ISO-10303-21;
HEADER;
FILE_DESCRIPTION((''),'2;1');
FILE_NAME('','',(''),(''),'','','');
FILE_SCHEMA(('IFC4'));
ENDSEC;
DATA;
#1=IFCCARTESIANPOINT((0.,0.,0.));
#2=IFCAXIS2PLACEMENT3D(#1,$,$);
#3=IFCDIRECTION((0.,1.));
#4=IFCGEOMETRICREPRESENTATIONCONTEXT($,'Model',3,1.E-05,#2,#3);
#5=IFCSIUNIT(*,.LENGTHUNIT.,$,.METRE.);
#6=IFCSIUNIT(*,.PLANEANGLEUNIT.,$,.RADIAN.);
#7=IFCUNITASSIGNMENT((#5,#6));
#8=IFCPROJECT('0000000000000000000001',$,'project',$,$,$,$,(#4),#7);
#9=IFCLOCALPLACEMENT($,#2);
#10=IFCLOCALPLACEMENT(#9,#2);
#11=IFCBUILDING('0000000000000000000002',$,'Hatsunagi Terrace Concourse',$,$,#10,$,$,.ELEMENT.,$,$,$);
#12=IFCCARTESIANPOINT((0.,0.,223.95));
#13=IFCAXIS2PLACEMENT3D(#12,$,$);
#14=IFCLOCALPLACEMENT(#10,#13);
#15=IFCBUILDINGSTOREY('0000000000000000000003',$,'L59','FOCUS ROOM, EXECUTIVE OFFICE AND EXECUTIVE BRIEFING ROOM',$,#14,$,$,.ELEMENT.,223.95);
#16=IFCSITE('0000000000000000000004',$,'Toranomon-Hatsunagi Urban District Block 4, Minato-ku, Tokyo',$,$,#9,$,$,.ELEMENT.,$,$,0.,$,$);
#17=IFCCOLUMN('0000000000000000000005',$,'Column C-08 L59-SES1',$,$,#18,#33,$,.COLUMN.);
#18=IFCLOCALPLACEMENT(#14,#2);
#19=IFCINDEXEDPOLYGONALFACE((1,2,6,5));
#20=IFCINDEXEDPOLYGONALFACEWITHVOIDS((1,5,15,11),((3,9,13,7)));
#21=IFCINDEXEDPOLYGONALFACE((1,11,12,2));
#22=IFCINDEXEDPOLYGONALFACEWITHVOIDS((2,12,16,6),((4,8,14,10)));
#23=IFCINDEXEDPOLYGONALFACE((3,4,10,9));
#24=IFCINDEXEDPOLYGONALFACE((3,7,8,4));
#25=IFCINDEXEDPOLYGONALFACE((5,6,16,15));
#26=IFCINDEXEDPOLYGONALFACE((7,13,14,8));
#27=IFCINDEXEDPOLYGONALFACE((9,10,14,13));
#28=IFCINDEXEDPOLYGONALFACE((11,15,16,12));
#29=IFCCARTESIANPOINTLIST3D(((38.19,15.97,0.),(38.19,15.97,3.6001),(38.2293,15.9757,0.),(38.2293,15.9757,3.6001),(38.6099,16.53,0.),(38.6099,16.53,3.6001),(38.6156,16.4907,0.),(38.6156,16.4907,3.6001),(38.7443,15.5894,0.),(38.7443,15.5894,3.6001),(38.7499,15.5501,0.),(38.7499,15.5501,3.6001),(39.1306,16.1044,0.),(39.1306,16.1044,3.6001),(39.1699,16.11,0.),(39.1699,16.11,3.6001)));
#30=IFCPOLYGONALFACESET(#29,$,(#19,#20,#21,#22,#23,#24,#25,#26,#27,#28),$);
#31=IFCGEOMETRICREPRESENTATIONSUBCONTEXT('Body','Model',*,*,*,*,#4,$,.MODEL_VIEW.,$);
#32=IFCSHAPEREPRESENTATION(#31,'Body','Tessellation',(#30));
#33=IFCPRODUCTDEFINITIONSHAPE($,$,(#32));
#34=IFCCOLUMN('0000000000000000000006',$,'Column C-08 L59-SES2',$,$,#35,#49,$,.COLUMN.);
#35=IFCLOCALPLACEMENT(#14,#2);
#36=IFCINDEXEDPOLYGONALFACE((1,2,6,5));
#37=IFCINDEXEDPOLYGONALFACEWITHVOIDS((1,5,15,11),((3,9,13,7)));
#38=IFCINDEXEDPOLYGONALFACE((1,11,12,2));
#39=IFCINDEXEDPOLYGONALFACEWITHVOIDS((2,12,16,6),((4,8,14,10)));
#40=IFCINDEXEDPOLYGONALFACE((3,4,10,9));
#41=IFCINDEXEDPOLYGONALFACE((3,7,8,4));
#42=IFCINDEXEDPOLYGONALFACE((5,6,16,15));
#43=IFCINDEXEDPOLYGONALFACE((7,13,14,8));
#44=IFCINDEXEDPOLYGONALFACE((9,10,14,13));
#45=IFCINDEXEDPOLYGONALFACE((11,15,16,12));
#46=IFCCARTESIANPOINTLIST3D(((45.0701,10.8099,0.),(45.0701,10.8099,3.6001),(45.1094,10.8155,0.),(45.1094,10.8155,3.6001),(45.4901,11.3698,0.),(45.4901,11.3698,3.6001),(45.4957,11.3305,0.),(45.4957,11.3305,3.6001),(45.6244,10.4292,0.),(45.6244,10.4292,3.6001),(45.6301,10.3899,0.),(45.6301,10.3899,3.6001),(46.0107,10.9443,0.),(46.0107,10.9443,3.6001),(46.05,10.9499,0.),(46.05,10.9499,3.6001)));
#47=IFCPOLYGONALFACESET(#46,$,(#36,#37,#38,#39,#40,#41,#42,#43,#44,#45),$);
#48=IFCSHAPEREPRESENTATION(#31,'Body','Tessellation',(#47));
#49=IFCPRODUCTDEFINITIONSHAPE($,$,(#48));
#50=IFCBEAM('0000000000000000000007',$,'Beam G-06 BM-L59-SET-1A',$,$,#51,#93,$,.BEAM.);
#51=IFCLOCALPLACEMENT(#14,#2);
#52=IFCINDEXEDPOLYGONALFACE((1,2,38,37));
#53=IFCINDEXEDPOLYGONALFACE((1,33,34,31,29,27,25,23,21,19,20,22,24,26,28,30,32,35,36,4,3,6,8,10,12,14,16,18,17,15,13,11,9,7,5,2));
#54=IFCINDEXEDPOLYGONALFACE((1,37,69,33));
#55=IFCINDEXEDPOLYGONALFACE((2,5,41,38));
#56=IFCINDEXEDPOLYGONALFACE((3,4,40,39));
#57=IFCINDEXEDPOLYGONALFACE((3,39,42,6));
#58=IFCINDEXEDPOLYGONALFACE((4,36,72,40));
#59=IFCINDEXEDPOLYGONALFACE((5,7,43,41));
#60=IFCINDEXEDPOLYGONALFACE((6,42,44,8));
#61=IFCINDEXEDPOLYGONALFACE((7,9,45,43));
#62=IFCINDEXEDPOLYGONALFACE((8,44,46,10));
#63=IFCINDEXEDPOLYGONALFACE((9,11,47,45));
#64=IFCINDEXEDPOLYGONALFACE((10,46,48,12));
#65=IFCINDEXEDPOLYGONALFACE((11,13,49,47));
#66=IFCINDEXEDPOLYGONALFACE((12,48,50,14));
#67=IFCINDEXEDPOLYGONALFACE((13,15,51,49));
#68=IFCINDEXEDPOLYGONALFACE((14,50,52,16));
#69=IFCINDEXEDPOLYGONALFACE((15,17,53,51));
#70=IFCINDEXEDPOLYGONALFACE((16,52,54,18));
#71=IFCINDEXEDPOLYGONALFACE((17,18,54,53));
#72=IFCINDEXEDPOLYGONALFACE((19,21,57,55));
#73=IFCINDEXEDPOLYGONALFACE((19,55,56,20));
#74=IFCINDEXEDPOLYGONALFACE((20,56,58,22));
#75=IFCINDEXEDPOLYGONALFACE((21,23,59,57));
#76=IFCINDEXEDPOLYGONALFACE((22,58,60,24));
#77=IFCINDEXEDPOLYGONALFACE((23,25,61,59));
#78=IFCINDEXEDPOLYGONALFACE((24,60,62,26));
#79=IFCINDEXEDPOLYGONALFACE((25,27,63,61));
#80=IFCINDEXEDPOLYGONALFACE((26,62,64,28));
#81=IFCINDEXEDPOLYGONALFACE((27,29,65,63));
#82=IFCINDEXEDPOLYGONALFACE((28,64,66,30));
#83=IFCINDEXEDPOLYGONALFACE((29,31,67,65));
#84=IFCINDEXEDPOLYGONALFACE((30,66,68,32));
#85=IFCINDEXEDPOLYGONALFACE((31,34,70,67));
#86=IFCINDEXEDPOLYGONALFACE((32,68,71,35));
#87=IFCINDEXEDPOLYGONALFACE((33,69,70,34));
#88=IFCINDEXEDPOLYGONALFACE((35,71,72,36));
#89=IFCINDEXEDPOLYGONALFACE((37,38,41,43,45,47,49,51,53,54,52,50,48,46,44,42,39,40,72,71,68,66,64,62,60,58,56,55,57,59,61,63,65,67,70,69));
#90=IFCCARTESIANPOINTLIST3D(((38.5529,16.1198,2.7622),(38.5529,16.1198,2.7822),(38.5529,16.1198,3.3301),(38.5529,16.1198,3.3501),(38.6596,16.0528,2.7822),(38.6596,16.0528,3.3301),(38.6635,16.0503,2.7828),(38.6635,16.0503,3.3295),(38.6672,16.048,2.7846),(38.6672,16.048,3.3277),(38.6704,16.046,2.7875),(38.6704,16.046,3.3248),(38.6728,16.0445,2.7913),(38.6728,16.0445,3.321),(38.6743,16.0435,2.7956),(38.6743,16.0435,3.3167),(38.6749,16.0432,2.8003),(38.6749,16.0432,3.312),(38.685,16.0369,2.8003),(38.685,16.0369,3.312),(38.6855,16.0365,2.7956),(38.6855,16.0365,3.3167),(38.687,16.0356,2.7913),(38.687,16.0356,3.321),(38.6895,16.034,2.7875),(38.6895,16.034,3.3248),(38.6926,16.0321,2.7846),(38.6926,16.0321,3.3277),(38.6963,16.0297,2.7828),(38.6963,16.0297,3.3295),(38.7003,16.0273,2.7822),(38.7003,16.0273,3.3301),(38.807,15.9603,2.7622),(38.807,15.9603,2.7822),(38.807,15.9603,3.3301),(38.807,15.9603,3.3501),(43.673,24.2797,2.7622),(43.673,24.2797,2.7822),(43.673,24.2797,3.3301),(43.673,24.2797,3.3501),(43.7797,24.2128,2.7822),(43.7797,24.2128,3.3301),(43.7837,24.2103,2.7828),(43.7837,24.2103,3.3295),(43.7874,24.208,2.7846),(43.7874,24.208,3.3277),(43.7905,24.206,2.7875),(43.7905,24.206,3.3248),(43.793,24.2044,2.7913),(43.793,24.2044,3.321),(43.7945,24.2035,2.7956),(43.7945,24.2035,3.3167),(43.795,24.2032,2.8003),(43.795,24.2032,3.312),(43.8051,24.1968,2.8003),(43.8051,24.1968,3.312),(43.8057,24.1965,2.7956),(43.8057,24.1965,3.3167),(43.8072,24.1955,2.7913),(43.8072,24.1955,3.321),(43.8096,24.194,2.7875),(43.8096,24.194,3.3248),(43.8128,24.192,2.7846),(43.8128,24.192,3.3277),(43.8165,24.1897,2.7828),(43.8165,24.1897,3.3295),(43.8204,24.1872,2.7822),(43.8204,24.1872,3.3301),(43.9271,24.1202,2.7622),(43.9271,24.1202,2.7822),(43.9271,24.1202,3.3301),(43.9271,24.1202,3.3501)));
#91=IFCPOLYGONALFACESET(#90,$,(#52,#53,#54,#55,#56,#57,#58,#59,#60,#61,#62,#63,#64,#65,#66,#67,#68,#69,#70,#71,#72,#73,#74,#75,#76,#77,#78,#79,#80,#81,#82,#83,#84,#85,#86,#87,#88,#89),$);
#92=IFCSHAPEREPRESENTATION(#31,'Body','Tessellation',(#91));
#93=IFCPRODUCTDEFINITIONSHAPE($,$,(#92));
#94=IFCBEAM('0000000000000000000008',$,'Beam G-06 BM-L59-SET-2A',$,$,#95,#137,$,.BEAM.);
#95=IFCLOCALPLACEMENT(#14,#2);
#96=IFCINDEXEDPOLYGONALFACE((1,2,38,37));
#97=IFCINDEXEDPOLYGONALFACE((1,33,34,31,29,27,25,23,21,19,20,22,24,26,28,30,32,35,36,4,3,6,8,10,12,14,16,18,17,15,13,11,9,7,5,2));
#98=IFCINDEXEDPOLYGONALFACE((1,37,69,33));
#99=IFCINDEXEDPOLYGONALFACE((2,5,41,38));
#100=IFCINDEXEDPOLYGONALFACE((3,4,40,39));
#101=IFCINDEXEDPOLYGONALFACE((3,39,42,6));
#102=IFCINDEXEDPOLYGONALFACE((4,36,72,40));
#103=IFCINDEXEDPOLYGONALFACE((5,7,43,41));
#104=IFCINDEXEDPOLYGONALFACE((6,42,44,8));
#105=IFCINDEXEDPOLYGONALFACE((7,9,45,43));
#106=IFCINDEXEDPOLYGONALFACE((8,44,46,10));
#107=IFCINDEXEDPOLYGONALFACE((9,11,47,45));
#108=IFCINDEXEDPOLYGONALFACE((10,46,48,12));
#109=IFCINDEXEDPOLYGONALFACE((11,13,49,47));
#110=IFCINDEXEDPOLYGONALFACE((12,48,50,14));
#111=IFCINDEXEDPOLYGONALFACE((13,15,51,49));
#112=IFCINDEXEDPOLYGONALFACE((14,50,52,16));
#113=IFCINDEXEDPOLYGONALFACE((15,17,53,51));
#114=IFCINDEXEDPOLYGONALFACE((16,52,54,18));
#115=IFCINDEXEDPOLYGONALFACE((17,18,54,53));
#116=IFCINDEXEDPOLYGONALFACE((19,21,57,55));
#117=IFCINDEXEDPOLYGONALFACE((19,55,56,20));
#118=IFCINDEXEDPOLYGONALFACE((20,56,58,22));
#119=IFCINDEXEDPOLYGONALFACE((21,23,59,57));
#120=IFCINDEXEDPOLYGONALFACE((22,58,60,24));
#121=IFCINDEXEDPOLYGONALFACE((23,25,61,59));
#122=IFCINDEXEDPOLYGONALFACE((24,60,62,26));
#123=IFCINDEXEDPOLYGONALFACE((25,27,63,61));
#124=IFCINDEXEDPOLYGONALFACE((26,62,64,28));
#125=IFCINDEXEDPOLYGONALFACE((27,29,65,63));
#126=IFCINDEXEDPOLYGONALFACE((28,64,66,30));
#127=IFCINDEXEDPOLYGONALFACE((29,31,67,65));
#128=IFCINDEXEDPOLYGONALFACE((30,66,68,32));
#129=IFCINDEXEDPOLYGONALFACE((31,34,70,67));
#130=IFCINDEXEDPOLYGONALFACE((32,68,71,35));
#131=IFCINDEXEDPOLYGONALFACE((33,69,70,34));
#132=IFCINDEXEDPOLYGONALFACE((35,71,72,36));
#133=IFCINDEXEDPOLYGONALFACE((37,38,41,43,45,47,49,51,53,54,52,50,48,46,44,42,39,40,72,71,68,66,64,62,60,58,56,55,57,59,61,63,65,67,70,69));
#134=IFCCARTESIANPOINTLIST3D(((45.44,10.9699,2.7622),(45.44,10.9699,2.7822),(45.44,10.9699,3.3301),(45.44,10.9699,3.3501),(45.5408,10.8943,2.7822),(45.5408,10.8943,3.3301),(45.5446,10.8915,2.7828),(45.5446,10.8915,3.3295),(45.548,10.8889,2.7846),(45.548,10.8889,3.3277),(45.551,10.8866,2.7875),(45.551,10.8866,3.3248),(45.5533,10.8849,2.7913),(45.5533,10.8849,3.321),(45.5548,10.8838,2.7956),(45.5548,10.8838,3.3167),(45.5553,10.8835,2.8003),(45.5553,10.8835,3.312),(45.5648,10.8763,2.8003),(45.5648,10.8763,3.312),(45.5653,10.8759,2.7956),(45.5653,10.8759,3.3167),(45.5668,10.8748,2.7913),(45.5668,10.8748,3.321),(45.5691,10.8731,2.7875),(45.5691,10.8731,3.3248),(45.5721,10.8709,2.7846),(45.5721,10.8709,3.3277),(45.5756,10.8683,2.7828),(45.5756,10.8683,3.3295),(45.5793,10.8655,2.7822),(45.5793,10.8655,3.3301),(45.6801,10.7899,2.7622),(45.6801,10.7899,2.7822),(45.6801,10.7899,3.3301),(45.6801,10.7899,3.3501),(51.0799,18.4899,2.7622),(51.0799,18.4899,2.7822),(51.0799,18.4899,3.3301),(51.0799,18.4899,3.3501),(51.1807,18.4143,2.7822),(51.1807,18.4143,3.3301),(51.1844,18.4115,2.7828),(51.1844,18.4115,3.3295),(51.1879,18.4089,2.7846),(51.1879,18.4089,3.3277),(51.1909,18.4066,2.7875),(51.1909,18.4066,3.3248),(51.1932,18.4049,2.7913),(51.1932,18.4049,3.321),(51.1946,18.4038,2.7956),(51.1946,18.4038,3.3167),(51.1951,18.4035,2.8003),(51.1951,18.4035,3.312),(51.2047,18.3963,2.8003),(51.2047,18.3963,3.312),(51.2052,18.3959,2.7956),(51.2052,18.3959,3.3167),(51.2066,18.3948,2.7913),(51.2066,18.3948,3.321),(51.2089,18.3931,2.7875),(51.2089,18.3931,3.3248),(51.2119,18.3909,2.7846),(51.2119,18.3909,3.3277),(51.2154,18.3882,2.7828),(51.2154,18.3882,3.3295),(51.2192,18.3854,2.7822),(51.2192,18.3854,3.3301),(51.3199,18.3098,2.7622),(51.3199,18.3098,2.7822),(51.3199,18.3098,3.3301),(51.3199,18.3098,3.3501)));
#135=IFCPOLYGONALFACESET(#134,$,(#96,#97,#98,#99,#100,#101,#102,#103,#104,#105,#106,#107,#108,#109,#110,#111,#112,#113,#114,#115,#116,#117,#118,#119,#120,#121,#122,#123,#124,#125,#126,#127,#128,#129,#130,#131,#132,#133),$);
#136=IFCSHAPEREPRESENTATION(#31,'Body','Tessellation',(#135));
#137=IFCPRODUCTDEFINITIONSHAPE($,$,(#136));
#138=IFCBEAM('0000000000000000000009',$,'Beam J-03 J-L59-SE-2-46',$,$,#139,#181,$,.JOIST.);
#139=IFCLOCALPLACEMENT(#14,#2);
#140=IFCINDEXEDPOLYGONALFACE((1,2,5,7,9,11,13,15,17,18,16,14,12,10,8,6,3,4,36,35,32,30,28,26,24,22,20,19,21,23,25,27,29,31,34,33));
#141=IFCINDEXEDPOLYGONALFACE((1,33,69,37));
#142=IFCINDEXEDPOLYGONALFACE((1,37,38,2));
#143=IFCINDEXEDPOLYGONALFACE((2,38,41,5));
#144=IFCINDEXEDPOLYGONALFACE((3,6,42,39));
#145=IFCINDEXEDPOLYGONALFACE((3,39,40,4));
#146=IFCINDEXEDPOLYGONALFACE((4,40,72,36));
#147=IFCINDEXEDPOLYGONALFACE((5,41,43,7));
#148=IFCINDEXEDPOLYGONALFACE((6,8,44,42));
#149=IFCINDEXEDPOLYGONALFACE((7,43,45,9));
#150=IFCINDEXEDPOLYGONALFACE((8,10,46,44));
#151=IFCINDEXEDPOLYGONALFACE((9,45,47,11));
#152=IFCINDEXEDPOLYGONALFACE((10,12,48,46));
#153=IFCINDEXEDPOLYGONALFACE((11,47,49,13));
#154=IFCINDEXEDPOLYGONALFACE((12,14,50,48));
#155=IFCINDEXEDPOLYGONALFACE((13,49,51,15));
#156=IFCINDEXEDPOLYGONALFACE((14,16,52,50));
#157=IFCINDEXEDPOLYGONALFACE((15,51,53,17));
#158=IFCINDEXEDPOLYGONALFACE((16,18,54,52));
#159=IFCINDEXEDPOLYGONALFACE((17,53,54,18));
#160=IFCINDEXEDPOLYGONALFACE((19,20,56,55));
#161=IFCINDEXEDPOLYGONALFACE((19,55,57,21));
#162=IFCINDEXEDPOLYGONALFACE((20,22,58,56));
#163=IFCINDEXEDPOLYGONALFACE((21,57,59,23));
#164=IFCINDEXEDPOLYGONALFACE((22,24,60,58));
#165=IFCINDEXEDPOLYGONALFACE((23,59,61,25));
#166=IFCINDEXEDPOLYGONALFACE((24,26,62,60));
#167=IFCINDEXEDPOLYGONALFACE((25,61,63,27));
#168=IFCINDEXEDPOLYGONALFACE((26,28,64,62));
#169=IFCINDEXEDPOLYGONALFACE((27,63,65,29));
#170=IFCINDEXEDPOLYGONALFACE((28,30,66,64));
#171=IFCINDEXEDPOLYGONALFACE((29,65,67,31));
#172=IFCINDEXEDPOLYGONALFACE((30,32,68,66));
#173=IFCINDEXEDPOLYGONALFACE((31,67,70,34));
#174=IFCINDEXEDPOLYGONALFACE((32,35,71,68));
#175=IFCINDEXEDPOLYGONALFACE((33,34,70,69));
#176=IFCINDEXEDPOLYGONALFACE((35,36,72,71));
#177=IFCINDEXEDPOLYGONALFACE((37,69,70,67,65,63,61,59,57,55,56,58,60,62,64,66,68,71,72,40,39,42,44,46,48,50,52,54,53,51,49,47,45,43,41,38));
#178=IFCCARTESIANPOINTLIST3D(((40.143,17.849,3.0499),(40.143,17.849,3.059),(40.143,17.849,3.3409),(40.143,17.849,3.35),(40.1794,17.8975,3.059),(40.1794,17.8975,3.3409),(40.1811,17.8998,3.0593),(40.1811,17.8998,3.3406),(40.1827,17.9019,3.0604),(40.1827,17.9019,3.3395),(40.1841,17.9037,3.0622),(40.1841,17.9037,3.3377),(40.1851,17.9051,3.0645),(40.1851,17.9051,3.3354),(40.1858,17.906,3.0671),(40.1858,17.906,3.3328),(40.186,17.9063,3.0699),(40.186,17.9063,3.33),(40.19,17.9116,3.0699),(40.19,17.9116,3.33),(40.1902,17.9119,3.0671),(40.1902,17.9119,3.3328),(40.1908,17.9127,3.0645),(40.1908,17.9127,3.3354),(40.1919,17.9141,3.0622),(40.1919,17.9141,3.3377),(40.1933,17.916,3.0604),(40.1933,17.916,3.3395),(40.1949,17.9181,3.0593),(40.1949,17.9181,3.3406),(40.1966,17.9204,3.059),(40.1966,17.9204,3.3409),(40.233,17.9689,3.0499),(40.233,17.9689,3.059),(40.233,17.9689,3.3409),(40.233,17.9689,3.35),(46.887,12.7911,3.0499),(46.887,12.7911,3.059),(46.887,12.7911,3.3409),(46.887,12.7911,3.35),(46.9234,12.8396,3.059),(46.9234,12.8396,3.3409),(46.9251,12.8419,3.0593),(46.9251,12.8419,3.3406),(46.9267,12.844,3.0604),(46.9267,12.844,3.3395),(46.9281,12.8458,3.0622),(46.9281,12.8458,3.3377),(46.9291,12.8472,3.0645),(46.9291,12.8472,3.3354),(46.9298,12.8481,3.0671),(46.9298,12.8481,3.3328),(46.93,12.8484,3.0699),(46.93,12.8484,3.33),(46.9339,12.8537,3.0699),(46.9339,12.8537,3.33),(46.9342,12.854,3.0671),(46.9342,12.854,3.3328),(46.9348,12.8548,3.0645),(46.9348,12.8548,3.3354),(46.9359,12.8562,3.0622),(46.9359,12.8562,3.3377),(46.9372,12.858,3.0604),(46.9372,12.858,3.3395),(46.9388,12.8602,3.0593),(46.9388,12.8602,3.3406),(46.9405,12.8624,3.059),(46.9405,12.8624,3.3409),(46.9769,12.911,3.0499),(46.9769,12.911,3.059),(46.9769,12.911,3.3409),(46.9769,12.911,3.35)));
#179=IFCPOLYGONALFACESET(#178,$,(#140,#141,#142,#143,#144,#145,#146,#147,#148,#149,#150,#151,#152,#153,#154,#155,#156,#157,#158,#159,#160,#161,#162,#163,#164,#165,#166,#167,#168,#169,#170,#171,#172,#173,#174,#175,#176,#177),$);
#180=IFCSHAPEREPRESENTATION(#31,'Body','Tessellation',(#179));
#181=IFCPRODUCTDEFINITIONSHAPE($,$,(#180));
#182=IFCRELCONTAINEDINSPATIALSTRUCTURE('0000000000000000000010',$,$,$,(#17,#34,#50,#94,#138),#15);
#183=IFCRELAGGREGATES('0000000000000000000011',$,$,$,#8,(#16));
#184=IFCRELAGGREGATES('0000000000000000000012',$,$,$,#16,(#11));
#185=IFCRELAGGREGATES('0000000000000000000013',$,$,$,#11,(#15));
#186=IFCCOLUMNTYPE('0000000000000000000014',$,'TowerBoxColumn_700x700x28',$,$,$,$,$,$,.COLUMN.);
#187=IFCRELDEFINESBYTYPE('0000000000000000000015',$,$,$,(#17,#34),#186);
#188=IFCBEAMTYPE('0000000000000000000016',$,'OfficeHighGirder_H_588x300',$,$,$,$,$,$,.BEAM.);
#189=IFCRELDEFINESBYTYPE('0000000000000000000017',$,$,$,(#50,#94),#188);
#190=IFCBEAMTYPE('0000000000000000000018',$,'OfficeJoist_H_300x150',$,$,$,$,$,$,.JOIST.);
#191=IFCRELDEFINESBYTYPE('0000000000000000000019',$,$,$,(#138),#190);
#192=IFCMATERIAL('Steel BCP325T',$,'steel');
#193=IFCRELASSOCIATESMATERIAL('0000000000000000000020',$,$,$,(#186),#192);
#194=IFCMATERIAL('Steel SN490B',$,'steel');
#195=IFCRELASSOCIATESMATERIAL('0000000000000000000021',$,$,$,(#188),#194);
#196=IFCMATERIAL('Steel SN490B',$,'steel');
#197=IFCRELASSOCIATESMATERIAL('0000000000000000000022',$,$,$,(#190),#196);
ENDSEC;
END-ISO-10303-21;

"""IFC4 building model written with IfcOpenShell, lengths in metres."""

from ifc_helpers import new_model, si_unit, direction, frame, origin, origin_2d, place, context, subcontext, project, spatial, hollow_rectangle, i_section, extrude, material, material_profile, profile_set, type_object, element, save


model = new_model("IFC4")

# Units and contexts
model_context = context("Model", 3, precision=1e-05, world=origin(), true_north=direction((0.0, 1.0)))
body_context = subcontext(model_context, "Body", "Model", "MODEL_VIEW")
ifc_project = project(units=[si_unit("LENGTHUNIT", "METRE"), si_unit("PLANEANGLEUNIT", "RADIAN")], contexts=[model_context])

# Site, building, storey
site_placement = place(None, origin())
site = spatial("IfcSite", under=ifc_project, at=site_placement, Name="Toranomon-Hatsunagi Urban District Block 4, Minato-ku, Tokyo", CompositionType="ELEMENT", RefElevation=0.0)
building_placement = place(site_placement, origin())
building = spatial("IfcBuilding", under=site, at=building_placement, Name="Hatsunagi Terrace Concourse", CompositionType="ELEMENT")
storey_placement = place(building_placement, frame((0.0, 0.0, 223.95)))
storey = spatial("IfcBuildingStorey", under=building, at=storey_placement, Name="L59", Description="FOCUS ROOM, EXECUTIVE OFFICE AND EXECUTIVE BRIEFING ROOM", CompositionType="ELEMENT", Elevation=223.95)

# Columns
ifc_material_1 = material(Name="Steel BCP325T", Category="steel")
ifc_material_profile_1 = material_profile(ifc_material_1, hollow_rectangle(XDim=0.7, YDim=0.7, WallThickness=0.0281, at=origin_2d()), Name="BCP-700x700x28")
ifc_profile_set_1 = profile_set([ifc_material_profile_1], Name="Steel BCP325T")
column_type = type_object("IfcColumnType", Name="TowerBoxColumn_700x700x28", PredefinedType="COLUMN", material=ifc_profile_set_1)
for number, where, z_axis, x_axis, name in (
    (1, (38.6799, 16.04, 0.0), (0.0, 0.0, 1.0), (0.8, -0.6, 0.0), "Column C-08 L59-SES1"),
    (2, (45.5601, 10.8799, 0.0), (0.0, 0.0, 1.0), (0.8, -0.6, 0.0), "Column C-08 L59-SES2"),
):
    element("IfcColumn", number, at=place(storey_placement, frame(where, z_axis=z_axis, x_axis=x_axis)), inside=storey, type_object=column_type, Name=name, PredefinedType="COLUMN", context=body_context, shape_type="SweptSolid", body=[
        extrude(hollow_rectangle(XDim=0.7, YDim=0.7, WallThickness=0.0281, at=origin_2d()), origin(), (0.0, 0.0, 1.0), 3.6001),
    ])

# Beams
ifc_material_2 = material(Name="Steel SN490B", Category="steel")
ifc_material_profile_2 = material_profile(ifc_material_2, i_section(OverallWidth=0.3, OverallDepth=0.5879, WebThickness=0.012, FlangeThickness=0.02, FilletRadius=0.0181, at=origin_2d()), Name="H-588x300x12x20")
ifc_profile_set_2 = profile_set([ifc_material_profile_2], Name="Steel SN490B")
beam_type_1 = type_object("IfcBeamType", Name="OfficeHighGirder_H_588x300", PredefinedType="BEAM", material=ifc_profile_set_2)
beam_1_placement = place(storey_placement, frame((38.6799, 16.04, 3.0562), z_axis=(0.531504, 0.847056, 0.0), x_axis=(-0.847056, 0.531504, 0.0)))
element("IfcBeam", 3, at=beam_1_placement, inside=storey, type_object=beam_type_1, Name="Beam G-06 BM-L59-SET-1A", PredefinedType="BEAM", context=body_context, shape_type="SweptSolid", body=[
    extrude(i_section(OverallWidth=0.3, OverallDepth=0.5879, WebThickness=0.012, FlangeThickness=0.02, FilletRadius=0.0181, at=origin_2d()), origin(), (0.0, 0.0, 1.0), 9.6333),
])
beam_2_placement = place(storey_placement, frame((45.5601, 10.8799, 3.0562), z_axis=(0.599992, 0.800006, 0.0), x_axis=(-0.800006, 0.599992, 0.0)))
element("IfcBeam", 4, at=beam_2_placement, inside=storey, type_object=beam_type_1, Name="Beam G-06 BM-L59-SET-2A", PredefinedType="BEAM", context=body_context, shape_type="SweptSolid", body=[
    extrude(i_section(OverallWidth=0.3, OverallDepth=0.5879, WebThickness=0.012, FlangeThickness=0.02, FilletRadius=0.0181, at=origin_2d()), origin(), (0.0, 0.0, 1.0), 9.3999),
])
ifc_material_3 = material(Name="Steel SN490B", Category="steel")
ifc_material_profile_3 = material_profile(ifc_material_3, i_section(OverallWidth=0.1499, OverallDepth=0.3, WebThickness=0.0066, FlangeThickness=0.009, FilletRadius=0.011, at=origin_2d()), Name="H-300x150x6.5x9")
ifc_profile_set_3 = profile_set([ifc_material_profile_3], Name="Steel SN490B")
beam_type_2 = type_object("IfcBeamType", Name="OfficeJoist_H_300x150", PredefinedType="JOIST", material=ifc_profile_set_3)
for number, where, z_axis, x_axis, name in (
    (5, (40.188, 17.9089, 3.2), (0.800003, -0.599995, 0.0), (0.599995, 0.800003, 0.0), "Beam J-03 J-L59-SE-2-46"),
):
    element("IfcBeam", number, at=place(storey_placement, frame(where, z_axis=z_axis, x_axis=x_axis)), inside=storey, type_object=beam_type_2, Name=name, PredefinedType="JOIST", context=body_context, shape_type="SweptSolid", body=[
        extrude(i_section(OverallWidth=0.1499, OverallDepth=0.3, WebThickness=0.0066, FlangeThickness=0.009, FilletRadius=0.011, at=origin_2d()), origin(), (0.0, 0.0, 1.0), 8.4299),
    ])

save(model, "model.ifc")
